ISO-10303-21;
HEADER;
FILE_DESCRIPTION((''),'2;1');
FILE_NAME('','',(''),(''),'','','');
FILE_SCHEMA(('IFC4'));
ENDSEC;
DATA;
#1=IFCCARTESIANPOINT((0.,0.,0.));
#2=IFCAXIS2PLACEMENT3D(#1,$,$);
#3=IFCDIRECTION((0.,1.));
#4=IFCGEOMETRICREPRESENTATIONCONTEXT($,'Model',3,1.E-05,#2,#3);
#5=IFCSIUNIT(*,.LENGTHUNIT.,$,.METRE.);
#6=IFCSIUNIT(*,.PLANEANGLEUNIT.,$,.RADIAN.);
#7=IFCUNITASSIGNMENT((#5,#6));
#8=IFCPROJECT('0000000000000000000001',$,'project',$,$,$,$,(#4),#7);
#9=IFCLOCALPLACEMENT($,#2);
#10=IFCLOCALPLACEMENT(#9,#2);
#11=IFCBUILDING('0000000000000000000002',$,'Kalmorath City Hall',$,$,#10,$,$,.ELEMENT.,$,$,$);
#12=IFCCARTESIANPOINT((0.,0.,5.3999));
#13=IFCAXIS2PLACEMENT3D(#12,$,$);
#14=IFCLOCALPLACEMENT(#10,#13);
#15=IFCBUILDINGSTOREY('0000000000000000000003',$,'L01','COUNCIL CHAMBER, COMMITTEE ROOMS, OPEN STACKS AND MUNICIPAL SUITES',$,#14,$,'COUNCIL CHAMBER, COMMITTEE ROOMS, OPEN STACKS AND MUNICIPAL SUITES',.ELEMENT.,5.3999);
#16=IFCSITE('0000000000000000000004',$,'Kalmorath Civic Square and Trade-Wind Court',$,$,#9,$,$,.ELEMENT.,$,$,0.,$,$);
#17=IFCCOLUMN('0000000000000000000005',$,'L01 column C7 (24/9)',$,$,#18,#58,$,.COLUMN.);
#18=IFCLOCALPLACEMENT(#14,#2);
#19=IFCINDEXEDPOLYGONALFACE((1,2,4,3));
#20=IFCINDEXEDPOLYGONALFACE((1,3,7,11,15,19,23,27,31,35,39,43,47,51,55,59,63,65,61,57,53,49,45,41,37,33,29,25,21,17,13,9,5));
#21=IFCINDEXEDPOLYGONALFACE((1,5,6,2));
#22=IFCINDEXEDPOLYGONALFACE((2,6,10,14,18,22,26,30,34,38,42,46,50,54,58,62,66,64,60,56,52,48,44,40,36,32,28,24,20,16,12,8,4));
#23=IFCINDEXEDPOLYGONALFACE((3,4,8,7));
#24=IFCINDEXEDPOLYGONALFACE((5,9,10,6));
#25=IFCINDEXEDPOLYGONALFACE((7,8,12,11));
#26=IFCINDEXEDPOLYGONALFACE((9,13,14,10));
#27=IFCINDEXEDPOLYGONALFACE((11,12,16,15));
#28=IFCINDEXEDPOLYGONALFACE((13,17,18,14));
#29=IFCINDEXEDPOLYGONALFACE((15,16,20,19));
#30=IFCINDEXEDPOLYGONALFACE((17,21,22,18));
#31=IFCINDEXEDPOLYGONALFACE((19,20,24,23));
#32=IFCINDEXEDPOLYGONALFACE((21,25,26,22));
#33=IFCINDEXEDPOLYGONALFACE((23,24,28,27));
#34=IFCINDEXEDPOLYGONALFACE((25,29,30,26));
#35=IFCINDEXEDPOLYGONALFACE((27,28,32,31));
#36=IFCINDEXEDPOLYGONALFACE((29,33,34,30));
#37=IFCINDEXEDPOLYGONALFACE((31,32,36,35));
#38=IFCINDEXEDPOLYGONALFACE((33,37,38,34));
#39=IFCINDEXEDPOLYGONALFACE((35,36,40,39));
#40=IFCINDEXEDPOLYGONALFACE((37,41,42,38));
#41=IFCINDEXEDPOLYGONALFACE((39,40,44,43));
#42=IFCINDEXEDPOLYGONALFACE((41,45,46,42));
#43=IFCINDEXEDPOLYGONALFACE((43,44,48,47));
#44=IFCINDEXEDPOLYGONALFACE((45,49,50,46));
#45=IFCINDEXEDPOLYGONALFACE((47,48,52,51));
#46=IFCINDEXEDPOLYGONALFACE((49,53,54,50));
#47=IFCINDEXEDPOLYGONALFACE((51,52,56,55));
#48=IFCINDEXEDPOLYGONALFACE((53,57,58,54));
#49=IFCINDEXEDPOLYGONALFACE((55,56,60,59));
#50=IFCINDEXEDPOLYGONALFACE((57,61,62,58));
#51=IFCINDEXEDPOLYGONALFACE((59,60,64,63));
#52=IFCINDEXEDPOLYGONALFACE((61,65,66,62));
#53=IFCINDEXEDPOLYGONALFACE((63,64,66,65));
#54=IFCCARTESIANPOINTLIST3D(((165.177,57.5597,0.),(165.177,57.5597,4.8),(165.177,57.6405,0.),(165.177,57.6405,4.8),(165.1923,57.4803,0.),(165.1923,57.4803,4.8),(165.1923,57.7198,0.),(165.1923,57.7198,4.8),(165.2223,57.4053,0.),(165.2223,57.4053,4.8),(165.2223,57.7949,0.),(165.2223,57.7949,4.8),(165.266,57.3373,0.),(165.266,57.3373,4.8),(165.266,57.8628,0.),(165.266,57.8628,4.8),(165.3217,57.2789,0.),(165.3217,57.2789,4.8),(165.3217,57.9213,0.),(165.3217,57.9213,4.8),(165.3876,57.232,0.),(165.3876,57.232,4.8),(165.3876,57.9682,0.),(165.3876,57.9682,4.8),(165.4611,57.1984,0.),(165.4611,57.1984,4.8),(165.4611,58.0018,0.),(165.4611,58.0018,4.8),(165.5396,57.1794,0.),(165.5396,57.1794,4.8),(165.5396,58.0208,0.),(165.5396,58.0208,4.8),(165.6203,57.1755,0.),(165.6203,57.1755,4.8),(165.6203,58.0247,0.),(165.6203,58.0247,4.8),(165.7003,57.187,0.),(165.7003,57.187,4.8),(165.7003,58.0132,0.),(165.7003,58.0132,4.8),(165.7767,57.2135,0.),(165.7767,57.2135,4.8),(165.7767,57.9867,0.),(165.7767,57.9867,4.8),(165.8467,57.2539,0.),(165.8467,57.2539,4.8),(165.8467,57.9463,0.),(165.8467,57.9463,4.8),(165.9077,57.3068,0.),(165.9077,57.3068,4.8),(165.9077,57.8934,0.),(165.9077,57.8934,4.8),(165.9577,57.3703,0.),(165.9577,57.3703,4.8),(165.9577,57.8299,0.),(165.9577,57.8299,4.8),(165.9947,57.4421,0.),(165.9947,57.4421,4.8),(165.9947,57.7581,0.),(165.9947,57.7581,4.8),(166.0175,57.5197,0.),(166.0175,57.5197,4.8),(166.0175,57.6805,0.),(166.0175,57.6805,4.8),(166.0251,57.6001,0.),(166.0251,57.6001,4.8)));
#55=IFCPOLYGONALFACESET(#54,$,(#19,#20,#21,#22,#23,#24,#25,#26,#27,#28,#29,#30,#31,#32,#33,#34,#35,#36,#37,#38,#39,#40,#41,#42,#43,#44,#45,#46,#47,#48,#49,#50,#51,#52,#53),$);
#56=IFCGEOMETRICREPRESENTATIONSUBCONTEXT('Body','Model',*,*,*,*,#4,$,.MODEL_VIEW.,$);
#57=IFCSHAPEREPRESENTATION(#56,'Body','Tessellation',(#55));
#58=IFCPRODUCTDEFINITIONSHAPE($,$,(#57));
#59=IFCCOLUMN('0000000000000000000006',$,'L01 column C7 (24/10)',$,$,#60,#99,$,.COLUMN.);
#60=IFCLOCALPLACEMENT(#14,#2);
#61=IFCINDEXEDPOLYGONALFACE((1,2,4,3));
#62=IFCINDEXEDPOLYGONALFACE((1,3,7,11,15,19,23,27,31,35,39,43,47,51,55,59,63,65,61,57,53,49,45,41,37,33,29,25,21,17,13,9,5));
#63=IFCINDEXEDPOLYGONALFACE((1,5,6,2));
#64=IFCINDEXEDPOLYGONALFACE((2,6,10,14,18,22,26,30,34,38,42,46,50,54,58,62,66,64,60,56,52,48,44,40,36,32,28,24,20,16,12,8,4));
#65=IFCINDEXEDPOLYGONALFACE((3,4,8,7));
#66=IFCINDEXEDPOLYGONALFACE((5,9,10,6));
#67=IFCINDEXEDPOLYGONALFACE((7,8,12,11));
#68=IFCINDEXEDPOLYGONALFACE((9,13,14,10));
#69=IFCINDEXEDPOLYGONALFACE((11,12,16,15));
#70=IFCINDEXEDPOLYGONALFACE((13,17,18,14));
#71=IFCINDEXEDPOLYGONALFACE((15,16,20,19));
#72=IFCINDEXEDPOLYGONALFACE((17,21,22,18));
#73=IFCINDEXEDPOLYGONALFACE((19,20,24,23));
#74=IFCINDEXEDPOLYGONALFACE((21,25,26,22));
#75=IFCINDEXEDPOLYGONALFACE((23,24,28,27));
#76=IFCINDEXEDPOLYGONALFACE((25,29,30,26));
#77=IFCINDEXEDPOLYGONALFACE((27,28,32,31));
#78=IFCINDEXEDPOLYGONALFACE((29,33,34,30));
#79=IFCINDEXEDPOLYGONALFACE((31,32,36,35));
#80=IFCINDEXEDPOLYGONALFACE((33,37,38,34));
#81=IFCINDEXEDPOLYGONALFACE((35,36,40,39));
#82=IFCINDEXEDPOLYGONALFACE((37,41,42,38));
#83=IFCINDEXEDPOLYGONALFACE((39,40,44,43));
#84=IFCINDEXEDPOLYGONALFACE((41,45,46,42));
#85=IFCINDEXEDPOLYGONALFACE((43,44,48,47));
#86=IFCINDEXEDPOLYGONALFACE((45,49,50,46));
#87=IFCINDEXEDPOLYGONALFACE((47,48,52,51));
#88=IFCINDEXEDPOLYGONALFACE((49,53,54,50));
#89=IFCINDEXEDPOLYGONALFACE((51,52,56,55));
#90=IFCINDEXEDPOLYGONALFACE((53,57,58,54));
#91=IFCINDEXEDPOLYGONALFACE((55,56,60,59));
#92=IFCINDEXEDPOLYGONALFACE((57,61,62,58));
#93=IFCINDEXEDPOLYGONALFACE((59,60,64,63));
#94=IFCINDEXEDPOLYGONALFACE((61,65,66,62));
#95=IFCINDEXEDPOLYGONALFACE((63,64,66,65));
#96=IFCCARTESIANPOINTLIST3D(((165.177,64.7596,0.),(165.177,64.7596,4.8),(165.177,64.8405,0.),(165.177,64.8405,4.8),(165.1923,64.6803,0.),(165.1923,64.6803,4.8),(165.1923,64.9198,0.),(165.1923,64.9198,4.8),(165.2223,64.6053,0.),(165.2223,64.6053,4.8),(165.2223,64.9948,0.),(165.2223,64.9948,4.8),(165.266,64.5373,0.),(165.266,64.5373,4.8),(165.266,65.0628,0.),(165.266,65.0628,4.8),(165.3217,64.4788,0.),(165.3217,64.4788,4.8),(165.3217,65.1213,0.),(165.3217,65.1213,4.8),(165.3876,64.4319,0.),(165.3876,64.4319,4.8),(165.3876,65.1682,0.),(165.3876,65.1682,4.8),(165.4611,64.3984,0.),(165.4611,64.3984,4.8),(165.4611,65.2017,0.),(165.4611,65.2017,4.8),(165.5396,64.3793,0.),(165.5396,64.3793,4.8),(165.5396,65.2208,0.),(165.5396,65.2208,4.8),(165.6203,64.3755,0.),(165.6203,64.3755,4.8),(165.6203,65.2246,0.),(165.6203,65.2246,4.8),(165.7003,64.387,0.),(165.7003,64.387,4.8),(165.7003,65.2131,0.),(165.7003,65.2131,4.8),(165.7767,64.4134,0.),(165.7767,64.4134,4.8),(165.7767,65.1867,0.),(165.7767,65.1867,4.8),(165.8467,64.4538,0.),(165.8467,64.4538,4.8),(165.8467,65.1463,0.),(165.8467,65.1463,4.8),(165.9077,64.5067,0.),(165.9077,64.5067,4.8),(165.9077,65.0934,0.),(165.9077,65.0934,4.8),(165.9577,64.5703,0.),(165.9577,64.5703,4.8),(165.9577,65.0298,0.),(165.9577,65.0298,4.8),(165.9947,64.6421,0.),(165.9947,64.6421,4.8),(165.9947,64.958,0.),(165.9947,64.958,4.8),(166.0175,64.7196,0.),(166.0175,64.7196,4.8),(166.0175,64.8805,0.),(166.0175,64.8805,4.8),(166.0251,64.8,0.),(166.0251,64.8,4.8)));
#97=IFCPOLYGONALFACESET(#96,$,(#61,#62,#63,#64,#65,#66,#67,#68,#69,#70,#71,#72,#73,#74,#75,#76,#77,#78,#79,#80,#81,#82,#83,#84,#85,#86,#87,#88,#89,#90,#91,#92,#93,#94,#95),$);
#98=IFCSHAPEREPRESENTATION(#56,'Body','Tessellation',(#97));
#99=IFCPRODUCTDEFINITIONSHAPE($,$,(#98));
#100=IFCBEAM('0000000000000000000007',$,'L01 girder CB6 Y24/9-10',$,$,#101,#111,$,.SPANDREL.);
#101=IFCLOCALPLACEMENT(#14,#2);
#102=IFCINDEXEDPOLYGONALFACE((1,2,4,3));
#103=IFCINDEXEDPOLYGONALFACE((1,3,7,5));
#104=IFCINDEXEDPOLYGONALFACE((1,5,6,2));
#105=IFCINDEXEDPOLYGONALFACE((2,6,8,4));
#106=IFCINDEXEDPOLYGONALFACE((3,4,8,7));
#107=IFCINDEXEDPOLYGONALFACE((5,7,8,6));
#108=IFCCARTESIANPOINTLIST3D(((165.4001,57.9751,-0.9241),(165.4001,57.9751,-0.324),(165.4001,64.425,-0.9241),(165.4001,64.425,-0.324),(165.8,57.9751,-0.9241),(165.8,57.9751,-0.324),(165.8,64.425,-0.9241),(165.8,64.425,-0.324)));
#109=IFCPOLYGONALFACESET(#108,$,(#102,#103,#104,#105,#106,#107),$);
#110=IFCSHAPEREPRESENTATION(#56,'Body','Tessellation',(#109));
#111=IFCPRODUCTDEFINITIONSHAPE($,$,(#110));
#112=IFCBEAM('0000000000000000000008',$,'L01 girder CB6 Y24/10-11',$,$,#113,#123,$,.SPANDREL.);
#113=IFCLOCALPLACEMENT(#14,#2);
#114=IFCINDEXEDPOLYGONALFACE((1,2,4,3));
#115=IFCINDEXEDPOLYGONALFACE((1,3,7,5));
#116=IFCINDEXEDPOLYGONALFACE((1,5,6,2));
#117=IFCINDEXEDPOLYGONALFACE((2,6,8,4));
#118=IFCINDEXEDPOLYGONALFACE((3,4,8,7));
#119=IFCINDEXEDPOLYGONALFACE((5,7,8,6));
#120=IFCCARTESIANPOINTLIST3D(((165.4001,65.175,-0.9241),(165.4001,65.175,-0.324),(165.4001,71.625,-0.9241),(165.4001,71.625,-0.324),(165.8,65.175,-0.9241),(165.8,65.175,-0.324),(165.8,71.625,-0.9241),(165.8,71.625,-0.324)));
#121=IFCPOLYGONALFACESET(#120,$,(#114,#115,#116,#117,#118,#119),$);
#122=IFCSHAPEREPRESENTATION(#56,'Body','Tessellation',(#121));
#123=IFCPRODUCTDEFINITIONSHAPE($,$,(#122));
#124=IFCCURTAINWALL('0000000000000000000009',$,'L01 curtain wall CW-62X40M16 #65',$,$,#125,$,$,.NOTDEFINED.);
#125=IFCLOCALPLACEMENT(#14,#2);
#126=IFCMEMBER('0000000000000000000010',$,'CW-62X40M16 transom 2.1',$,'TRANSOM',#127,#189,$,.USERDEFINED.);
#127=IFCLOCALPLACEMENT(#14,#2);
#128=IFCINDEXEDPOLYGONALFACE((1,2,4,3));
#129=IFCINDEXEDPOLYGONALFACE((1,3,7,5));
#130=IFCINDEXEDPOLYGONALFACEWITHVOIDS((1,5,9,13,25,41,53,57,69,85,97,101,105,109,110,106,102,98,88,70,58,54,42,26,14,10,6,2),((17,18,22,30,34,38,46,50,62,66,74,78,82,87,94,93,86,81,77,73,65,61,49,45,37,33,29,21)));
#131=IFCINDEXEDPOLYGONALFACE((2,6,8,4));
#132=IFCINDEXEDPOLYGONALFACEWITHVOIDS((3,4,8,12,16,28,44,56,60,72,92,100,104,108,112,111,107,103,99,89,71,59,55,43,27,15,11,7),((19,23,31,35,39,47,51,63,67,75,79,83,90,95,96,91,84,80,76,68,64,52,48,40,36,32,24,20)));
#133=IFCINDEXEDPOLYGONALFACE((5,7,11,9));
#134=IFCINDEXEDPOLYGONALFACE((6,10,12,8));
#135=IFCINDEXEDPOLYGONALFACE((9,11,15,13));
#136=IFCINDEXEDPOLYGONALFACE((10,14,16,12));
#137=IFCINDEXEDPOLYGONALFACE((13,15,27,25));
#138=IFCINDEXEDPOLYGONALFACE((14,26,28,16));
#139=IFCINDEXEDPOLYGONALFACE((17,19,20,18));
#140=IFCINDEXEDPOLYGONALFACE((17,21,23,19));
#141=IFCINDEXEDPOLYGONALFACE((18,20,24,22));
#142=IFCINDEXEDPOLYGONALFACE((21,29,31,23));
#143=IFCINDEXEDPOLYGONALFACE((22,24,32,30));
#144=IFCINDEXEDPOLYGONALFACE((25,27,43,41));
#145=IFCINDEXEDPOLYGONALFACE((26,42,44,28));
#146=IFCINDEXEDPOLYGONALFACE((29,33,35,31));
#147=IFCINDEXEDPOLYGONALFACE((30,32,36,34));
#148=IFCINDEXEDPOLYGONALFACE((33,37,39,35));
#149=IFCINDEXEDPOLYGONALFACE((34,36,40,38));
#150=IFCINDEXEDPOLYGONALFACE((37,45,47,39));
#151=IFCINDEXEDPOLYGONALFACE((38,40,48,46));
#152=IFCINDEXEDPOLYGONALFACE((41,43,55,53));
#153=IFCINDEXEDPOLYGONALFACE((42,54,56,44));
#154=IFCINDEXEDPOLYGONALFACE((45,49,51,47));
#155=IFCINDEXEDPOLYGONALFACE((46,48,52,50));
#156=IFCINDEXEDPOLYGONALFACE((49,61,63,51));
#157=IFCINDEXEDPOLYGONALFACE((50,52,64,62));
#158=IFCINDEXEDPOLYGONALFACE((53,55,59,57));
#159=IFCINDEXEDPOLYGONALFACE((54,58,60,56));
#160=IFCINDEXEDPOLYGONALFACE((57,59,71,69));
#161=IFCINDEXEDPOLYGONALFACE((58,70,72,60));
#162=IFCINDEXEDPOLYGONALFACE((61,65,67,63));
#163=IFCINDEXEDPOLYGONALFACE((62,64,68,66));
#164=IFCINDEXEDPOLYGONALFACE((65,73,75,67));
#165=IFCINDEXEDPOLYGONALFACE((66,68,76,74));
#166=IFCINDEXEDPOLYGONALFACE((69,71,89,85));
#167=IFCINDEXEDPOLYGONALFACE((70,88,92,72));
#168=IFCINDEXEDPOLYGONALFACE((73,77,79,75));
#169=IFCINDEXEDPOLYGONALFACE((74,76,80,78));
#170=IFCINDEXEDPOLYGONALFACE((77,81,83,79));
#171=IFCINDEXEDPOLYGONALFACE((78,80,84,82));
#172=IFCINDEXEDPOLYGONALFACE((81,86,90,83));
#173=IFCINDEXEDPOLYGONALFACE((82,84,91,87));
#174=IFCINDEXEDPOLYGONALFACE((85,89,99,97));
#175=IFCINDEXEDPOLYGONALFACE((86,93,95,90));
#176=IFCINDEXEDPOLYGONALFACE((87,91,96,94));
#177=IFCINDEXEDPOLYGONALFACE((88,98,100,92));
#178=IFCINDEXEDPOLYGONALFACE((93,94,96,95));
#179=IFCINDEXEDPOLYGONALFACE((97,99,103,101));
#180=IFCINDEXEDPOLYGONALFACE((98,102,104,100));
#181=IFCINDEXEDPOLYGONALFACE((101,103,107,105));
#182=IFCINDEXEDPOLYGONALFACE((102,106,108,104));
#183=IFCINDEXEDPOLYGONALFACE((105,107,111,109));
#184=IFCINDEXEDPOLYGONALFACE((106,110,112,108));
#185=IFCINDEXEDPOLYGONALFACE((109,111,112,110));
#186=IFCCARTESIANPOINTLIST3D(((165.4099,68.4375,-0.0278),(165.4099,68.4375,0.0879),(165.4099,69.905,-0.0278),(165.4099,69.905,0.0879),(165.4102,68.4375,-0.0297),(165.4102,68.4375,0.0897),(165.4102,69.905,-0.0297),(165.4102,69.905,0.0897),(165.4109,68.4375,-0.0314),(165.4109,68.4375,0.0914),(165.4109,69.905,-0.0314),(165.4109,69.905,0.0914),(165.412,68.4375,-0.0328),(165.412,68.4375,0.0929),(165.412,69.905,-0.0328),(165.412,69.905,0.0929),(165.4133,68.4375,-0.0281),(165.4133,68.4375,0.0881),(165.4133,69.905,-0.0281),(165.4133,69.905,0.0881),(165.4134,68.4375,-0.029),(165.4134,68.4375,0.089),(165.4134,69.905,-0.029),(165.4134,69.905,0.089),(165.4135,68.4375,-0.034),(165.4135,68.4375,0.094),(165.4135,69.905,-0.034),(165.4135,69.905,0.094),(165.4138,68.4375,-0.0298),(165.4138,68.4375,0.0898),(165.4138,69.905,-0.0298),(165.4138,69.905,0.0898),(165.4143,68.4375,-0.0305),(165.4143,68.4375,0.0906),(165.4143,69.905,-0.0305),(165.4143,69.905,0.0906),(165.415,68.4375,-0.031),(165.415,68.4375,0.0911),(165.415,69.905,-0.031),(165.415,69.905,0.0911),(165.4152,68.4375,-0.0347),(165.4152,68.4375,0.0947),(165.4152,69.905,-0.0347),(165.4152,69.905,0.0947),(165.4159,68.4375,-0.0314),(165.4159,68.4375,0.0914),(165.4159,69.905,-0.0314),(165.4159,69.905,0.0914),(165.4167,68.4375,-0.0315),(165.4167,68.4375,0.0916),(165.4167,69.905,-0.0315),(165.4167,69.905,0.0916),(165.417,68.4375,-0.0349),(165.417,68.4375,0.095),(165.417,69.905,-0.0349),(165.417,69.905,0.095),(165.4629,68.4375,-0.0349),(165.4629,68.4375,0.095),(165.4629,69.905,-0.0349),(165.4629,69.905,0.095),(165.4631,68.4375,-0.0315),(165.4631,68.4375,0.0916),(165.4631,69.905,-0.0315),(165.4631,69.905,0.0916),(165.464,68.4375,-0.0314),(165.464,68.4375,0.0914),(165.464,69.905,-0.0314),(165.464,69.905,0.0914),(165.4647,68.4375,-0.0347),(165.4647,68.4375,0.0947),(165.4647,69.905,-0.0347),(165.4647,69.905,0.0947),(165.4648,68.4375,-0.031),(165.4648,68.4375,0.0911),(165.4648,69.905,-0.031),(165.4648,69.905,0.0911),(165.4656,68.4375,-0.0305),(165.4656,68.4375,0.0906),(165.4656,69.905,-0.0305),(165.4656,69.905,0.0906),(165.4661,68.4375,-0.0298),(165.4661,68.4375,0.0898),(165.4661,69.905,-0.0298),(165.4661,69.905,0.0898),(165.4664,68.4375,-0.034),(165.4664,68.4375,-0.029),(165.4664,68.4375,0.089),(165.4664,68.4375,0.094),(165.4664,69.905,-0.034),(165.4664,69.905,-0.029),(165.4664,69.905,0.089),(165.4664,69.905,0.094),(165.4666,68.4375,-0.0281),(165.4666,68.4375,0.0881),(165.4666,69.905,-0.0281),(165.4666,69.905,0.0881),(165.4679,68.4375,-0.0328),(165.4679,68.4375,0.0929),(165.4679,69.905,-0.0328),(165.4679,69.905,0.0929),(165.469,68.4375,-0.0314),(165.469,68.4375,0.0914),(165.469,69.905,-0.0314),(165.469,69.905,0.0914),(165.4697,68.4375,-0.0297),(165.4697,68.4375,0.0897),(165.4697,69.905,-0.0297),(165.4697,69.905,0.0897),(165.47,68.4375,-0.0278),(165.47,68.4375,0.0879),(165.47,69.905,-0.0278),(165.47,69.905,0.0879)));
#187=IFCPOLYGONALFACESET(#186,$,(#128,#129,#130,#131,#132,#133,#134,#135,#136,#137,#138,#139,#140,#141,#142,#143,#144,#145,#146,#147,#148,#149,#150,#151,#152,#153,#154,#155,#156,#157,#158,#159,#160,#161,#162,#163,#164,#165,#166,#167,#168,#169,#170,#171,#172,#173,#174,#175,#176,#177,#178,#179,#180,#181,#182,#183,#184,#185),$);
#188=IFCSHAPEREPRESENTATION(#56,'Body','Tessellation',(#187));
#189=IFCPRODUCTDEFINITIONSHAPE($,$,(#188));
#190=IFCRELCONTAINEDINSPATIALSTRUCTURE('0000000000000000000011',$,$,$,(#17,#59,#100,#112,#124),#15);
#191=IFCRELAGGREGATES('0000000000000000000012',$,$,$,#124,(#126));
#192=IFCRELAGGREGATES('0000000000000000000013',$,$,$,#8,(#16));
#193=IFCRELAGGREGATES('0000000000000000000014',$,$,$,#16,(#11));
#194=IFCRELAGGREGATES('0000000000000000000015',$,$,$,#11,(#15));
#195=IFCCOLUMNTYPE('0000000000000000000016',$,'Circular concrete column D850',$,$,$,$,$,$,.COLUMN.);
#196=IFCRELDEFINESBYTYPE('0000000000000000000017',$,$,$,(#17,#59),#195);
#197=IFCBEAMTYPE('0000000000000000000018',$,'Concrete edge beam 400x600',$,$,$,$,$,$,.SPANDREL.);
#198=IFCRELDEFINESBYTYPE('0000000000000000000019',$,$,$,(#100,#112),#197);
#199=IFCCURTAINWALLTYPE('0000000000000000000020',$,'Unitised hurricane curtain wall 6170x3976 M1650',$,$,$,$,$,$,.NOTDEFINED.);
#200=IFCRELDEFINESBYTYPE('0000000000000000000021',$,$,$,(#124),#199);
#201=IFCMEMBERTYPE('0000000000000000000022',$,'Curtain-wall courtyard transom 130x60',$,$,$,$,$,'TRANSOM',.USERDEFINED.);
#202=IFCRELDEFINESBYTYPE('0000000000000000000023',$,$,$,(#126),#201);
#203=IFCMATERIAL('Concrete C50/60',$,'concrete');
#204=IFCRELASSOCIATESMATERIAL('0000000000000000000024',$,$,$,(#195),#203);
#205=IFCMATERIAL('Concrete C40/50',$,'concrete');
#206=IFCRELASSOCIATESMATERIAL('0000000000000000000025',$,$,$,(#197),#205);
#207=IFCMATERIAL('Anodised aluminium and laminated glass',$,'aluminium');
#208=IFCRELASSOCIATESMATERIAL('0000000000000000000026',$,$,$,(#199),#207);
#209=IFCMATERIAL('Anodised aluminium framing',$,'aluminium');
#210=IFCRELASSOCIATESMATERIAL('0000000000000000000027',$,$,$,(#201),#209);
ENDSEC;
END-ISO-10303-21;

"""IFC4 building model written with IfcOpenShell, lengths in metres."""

from ifc_helpers import new_model, si_unit, direction, frame, origin, origin_2d, place, context, subcontext, project, spatial, rectangle, hollow_rectangle, circle, extrude, material, material_profile, profile_set, type_object, element, aggregate, save


model = new_model("IFC4")

# Units and contexts
model_context = context("Model", 3, precision=1e-05, world=origin(), true_north=direction((0.0, 1.0)))
body_context = subcontext(model_context, "Body", "Model", "MODEL_VIEW")
ifc_project = project(units=[si_unit("LENGTHUNIT", "METRE"), si_unit("PLANEANGLEUNIT", "RADIAN")], contexts=[model_context])

# Site, building, storey
site_placement = place(None, origin())
site = spatial("IfcSite", under=ifc_project, at=site_placement, Name="Kalmorath Civic Square and Trade-Wind Court", CompositionType="ELEMENT", RefElevation=0.0)
building_placement = place(site_placement, origin())
building = spatial("IfcBuilding", under=site, at=building_placement, Name="Kalmorath City Hall", CompositionType="ELEMENT")
storey_placement = place(building_placement, frame((0.0, 0.0, 5.3999)))
storey = spatial("IfcBuildingStorey", under=building, at=storey_placement, Name="L01", Description="COUNCIL CHAMBER, COMMITTEE ROOMS, OPEN STACKS AND MUNICIPAL SUITES", LongName="COUNCIL CHAMBER, COMMITTEE ROOMS, OPEN STACKS AND MUNICIPAL SUITES", CompositionType="ELEMENT", Elevation=5.3999)

# Columns
ifc_material_1 = material(Name="Concrete C50/60", Category="concrete")
ifc_material_profile_1 = material_profile(ifc_material_1, circle(Radius=0.425, at=origin_2d()), Name="RC-COL-D850")
ifc_profile_set_1 = profile_set([ifc_material_profile_1], Name="Concrete C50/60")
column_type = type_object("IfcColumnType", Name="Circular concrete column D850", PredefinedType="COLUMN", material=ifc_profile_set_1)
for number, where, z_axis, x_axis, name in (
    (1, (165.6001, 57.6001, 0.0), (0.0, 0.0, 1.0), (1.0, 0.0, 0.0), "L01 column C7 (24/9)"),
    (2, (165.6001, 64.8, 0.0), (0.0, 0.0, 1.0), (1.0, 0.0, 0.0), "L01 column C7 (24/10)"),
):
    element("IfcColumn", number, at=place(storey_placement, frame(where, z_axis=z_axis, x_axis=x_axis)), inside=storey, type_object=column_type, Name=name, PredefinedType="COLUMN", context=body_context, shape_type="SweptSolid", body=[
        extrude(circle(Radius=0.425, at=origin_2d()), origin(), (0.0, 0.0, 1.0), 4.8),
    ])

# Beams
ifc_material_2 = material(Name="Concrete C40/50", Category="concrete")
ifc_material_profile_2 = material_profile(ifc_material_2, rectangle(XDim=0.3999, YDim=0.6001, at=origin_2d()), Name="RC-BM-400X600")
ifc_profile_set_2 = profile_set([ifc_material_profile_2], Name="Concrete C40/50")
beam_type = type_object("IfcBeamType", Name="Concrete edge beam 400x600", PredefinedType="SPANDREL", material=ifc_profile_set_2)
for number, where, z_axis, x_axis, name in (
    (3, (165.6001, 57.9751, -0.624), (0.0, 1.0, 0.0), (-1.0, 0.0, 0.0), "L01 girder CB6 Y24/9-10"),
    (4, (165.6001, 65.175, -0.624), (0.0, 1.0, 0.0), (-1.0, 0.0, 0.0), "L01 girder CB6 Y24/10-11"),
):
    element("IfcBeam", number, at=place(storey_placement, frame(where, z_axis=z_axis, x_axis=x_axis)), inside=storey, type_object=beam_type, Name=name, PredefinedType="SPANDREL", context=body_context, shape_type="SweptSolid", body=[
        extrude(rectangle(XDim=0.3999, YDim=0.6001, at=origin_2d()), origin(), (0.0, 0.0, 1.0), 6.45),
    ])

# Curtain wall, member
ifc_material_3 = material(Name="Anodised aluminium and laminated glass", Category="aluminium")
curtain_wall_type = type_object("IfcCurtainWallType", Name="Unitised hurricane curtain wall 6170x3976 M1650", PredefinedType="NOTDEFINED", material=ifc_material_3)
curtain_wall_placement = place(storey_placement, origin())
curtain_wall = element("IfcCurtainWall", 5, at=curtain_wall_placement, inside=storey, type_object=curtain_wall_type, Name="L01 curtain wall CW-62X40M16 #65", PredefinedType="NOTDEFINED")
ifc_material_4 = material(Name="Anodised aluminium framing", Category="aluminium")
ifc_material_profile_3 = material_profile(ifc_material_4, hollow_rectangle(XDim=0.0601, YDim=0.1299, WallThickness=0.0034, InnerFilletRadius=0.0034, OuterFilletRadius=0.0071, at=origin_2d()), Name="ALU-TRN-130X60X3.5")
ifc_profile_set_3 = profile_set([ifc_material_profile_3], Name="Anodised aluminium framing")
member_type_1 = type_object("IfcMemberType", Name="Curtain-wall courtyard transom 130x60", ElementType="TRANSOM", PredefinedType="USERDEFINED", material=ifc_profile_set_3)
member_1_placement = place(storey_placement, frame((165.4399, 69.905, 0.03), z_axis=(0.0, -1.0, 0.0), x_axis=(1.0, 0.0, 0.0)))
member_1 = element("IfcMember", 6, at=member_1_placement, type_object=member_type_1, Name="CW-62X40M16 transom 2.1", ObjectType="TRANSOM", PredefinedType="USERDEFINED", context=body_context, shape_type="SweptSolid", body=[
    extrude(hollow_rectangle(XDim=0.0601, YDim=0.1299, WallThickness=0.0034, InnerFilletRadius=0.0034, OuterFilletRadius=0.0071, at=origin_2d()), origin(), (0.0, 0.0, 1.0), 1.4675),
])
aggregate(curtain_wall, [member_1])

save(model, "model.ifc")
